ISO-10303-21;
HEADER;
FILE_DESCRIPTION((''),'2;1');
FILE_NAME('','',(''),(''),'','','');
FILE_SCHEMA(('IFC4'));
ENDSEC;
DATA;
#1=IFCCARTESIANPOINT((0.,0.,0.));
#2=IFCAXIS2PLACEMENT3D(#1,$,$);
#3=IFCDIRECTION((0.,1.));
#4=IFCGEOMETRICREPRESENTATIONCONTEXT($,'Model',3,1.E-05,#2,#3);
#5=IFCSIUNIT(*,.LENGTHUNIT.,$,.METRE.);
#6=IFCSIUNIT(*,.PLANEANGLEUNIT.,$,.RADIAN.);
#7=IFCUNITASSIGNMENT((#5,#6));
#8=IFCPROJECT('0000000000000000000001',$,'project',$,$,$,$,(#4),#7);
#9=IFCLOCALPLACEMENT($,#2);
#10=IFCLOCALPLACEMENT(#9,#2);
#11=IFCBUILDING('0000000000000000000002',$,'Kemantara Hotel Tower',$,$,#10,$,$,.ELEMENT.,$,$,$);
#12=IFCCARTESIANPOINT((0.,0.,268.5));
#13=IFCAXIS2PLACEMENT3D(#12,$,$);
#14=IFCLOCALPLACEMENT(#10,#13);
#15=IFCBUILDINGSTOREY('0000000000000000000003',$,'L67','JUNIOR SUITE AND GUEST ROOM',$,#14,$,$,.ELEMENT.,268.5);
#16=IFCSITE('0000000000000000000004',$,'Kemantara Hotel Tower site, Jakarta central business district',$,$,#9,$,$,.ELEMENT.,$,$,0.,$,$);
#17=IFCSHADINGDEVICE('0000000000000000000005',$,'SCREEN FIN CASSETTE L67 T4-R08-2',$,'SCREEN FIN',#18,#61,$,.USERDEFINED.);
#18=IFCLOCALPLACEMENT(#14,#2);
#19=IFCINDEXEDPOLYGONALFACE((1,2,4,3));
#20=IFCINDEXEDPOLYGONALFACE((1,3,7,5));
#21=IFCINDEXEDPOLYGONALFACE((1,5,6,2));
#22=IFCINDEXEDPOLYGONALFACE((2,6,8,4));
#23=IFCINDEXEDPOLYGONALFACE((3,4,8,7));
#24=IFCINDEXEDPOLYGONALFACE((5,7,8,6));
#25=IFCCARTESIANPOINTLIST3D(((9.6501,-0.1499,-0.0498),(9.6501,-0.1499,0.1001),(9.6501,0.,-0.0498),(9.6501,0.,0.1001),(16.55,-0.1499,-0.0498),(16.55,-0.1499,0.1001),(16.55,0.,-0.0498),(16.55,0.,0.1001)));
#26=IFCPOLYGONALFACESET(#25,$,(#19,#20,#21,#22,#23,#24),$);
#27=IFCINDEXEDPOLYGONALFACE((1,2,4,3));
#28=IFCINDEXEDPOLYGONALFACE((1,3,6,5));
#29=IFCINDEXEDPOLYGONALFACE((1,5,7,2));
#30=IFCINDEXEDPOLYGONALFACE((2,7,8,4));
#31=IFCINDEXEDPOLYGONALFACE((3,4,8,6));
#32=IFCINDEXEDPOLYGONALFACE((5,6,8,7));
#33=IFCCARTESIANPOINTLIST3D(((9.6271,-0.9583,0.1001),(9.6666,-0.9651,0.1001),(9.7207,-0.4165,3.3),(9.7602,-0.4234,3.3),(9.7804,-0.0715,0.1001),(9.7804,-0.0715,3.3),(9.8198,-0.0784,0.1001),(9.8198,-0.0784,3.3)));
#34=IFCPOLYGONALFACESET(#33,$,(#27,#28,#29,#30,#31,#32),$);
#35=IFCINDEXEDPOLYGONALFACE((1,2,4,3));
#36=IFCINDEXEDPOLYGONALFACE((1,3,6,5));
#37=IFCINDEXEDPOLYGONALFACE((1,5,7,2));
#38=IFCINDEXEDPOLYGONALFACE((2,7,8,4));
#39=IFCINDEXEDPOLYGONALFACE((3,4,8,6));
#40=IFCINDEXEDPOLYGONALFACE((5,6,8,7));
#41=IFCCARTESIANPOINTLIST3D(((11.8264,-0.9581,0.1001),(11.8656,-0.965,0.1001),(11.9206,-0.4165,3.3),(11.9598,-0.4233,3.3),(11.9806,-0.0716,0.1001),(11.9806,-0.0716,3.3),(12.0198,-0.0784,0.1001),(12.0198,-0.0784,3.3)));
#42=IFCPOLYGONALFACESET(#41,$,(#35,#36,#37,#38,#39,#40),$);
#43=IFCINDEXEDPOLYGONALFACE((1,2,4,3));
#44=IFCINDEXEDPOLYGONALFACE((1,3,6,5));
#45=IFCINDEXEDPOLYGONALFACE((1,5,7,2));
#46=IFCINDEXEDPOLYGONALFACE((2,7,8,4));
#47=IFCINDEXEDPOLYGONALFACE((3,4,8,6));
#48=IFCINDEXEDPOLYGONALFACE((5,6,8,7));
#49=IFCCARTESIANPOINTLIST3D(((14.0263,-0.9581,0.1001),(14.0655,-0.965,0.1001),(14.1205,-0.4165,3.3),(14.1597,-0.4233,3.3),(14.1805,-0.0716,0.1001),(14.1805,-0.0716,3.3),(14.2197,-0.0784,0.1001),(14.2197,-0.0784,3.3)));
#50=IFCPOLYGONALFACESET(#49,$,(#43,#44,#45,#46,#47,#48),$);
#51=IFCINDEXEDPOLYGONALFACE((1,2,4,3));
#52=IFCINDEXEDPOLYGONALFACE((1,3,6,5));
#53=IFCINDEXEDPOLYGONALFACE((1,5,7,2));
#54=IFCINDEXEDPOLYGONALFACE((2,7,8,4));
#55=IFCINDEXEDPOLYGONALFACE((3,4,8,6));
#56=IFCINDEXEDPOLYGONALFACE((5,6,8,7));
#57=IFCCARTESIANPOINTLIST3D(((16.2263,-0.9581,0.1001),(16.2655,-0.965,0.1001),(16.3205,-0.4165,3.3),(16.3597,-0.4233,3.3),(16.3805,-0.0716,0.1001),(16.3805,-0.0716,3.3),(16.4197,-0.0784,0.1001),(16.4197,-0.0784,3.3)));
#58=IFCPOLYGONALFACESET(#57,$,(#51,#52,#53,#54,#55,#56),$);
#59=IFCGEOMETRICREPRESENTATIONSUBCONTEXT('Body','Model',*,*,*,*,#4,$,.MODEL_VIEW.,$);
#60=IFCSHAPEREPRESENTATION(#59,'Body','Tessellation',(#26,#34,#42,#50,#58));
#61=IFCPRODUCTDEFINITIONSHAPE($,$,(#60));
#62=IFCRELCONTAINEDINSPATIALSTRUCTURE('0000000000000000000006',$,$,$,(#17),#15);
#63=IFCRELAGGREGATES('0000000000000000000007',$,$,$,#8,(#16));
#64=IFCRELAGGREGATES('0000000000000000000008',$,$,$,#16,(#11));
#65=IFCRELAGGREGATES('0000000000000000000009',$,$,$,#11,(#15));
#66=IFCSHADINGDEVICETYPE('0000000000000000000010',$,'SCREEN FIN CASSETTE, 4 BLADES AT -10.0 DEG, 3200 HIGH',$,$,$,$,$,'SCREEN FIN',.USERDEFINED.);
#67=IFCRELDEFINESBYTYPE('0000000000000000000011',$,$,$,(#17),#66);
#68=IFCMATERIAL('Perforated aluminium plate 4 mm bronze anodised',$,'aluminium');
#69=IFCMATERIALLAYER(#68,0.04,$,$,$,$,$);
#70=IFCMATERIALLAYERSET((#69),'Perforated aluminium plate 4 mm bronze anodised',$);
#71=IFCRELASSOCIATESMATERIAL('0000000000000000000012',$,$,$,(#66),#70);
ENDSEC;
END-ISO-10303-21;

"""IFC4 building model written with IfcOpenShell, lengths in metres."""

from ifc_helpers import new_model, si_unit, direction, frame, origin, origin_2d, place, context, subcontext, project, spatial, polyline, rectangle, outline, extrude, source, transform, mapped, material, layer, layer_set, type_object, element, save


model = new_model("IFC4")

# Units and contexts
model_context = context("Model", 3, precision=1e-05, world=origin(), true_north=direction((0.0, 1.0)))
body_context = subcontext(model_context, "Body", "Model", "MODEL_VIEW")
ifc_project = project(units=[si_unit("LENGTHUNIT", "METRE"), si_unit("PLANEANGLEUNIT", "RADIAN")], contexts=[model_context])

# Site, building, storey
site_placement = place(None, origin())
site = spatial("IfcSite", under=ifc_project, at=site_placement, Name="Kemantara Hotel Tower site, Jakarta central business district", CompositionType="ELEMENT", RefElevation=0.0)
building_placement = place(site_placement, origin())
building = spatial("IfcBuilding", under=site, at=building_placement, Name="Kemantara Hotel Tower", CompositionType="ELEMENT")
storey_placement = place(building_placement, frame((0.0, 0.0, 268.5)))
storey = spatial("IfcBuildingStorey", under=building, at=storey_placement, Name="L67", Description="JUNIOR SUITE AND GUEST ROOM", CompositionType="ELEMENT", Elevation=268.5)

# Shading device
ifc_material_1 = material(Name="Perforated aluminium plate 4 mm bronze anodised", Category="aluminium")
ifc_layer_1 = layer(ifc_material_1, 0.04)
ifc_layer_set_1 = layer_set([ifc_layer_1], Name="Perforated aluminium plate 4 mm bronze anodised")
shading_device_type_1 = type_object("IfcShadingDeviceType", Name="SCREEN FIN CASSETTE, 4 BLADES AT -10.0 DEG, 3200 HIGH", ElementType="SCREEN FIN", PredefinedType="USERDEFINED", material=ifc_layer_set_1)
shared_shape_1 = source(origin(), body_context, "Body", "SweptSolid", [
    extrude(rectangle(XDim=6.8999, YDim=0.1499, at=origin_2d()), frame((3.3, -0.075, -0.1499), z_axis=(0.0, 0.0, 1.0), x_axis=(1.0, 0.0, 0.0)), (0.0, 0.0, 1.0), 0.1499),
    extrude(outline(polyline([(0.0, 0.0), (0.8999, 0.0), (0.3501, 3.2), (0.0, 3.2), (0.0, 0.0)])), frame((0.0198, -0.0784, 0.0), z_axis=(-0.98539, 0.170314, 0.0), x_axis=(-0.170314, -0.98539, 0.0)), (0.0, 0.0, 1.0), 0.04),
    extrude(outline(polyline([(0.0, 0.0), (0.8999, 0.0), (0.3501, 3.2), (0.0, 3.2), (0.0, 0.0)])), frame((2.2197, -0.0784, 0.0), z_axis=(-0.985212, 0.171341, 0.0), x_axis=(-0.171341, -0.985212, 0.0)), (0.0, 0.0, 1.0), 0.0398),
    extrude(outline(polyline([(0.0, 0.0), (0.8999, 0.0), (0.3501, 3.2), (0.0, 3.2), (0.0, 0.0)])), frame((4.4197, -0.0784, 0.0), z_axis=(-0.985212, 0.171341, 0.0), x_axis=(-0.171341, -0.985212, 0.0)), (0.0, 0.0, 1.0), 0.0398),
    extrude(outline(polyline([(0.0, 0.0), (0.8999, 0.0), (0.3501, 3.2), (0.0, 3.2), (0.0, 0.0)])), frame((6.6196, -0.0784, 0.0), z_axis=(-0.985212, 0.171341, 0.0), x_axis=(-0.171341, -0.985212, 0.0)), (0.0, 0.0, 1.0), 0.0398),
])
shading_device_1_placement = place(storey_placement, frame((9.8, 0.0, 0.1001), z_axis=(0.0, 0.0, 1.0), x_axis=(1.0, 0.0, 0.0)))
element("IfcShadingDevice", 1, at=shading_device_1_placement, inside=storey, type_object=shading_device_type_1, Name="SCREEN FIN CASSETTE L67 T4-R08-2", ObjectType="SCREEN FIN", PredefinedType="USERDEFINED", context=body_context, shape_type="MappedRepresentation", body=[
    mapped(shared_shape_1, transform((0.0, 0.0, 0.0))),
])

save(model, "model.ifc")
